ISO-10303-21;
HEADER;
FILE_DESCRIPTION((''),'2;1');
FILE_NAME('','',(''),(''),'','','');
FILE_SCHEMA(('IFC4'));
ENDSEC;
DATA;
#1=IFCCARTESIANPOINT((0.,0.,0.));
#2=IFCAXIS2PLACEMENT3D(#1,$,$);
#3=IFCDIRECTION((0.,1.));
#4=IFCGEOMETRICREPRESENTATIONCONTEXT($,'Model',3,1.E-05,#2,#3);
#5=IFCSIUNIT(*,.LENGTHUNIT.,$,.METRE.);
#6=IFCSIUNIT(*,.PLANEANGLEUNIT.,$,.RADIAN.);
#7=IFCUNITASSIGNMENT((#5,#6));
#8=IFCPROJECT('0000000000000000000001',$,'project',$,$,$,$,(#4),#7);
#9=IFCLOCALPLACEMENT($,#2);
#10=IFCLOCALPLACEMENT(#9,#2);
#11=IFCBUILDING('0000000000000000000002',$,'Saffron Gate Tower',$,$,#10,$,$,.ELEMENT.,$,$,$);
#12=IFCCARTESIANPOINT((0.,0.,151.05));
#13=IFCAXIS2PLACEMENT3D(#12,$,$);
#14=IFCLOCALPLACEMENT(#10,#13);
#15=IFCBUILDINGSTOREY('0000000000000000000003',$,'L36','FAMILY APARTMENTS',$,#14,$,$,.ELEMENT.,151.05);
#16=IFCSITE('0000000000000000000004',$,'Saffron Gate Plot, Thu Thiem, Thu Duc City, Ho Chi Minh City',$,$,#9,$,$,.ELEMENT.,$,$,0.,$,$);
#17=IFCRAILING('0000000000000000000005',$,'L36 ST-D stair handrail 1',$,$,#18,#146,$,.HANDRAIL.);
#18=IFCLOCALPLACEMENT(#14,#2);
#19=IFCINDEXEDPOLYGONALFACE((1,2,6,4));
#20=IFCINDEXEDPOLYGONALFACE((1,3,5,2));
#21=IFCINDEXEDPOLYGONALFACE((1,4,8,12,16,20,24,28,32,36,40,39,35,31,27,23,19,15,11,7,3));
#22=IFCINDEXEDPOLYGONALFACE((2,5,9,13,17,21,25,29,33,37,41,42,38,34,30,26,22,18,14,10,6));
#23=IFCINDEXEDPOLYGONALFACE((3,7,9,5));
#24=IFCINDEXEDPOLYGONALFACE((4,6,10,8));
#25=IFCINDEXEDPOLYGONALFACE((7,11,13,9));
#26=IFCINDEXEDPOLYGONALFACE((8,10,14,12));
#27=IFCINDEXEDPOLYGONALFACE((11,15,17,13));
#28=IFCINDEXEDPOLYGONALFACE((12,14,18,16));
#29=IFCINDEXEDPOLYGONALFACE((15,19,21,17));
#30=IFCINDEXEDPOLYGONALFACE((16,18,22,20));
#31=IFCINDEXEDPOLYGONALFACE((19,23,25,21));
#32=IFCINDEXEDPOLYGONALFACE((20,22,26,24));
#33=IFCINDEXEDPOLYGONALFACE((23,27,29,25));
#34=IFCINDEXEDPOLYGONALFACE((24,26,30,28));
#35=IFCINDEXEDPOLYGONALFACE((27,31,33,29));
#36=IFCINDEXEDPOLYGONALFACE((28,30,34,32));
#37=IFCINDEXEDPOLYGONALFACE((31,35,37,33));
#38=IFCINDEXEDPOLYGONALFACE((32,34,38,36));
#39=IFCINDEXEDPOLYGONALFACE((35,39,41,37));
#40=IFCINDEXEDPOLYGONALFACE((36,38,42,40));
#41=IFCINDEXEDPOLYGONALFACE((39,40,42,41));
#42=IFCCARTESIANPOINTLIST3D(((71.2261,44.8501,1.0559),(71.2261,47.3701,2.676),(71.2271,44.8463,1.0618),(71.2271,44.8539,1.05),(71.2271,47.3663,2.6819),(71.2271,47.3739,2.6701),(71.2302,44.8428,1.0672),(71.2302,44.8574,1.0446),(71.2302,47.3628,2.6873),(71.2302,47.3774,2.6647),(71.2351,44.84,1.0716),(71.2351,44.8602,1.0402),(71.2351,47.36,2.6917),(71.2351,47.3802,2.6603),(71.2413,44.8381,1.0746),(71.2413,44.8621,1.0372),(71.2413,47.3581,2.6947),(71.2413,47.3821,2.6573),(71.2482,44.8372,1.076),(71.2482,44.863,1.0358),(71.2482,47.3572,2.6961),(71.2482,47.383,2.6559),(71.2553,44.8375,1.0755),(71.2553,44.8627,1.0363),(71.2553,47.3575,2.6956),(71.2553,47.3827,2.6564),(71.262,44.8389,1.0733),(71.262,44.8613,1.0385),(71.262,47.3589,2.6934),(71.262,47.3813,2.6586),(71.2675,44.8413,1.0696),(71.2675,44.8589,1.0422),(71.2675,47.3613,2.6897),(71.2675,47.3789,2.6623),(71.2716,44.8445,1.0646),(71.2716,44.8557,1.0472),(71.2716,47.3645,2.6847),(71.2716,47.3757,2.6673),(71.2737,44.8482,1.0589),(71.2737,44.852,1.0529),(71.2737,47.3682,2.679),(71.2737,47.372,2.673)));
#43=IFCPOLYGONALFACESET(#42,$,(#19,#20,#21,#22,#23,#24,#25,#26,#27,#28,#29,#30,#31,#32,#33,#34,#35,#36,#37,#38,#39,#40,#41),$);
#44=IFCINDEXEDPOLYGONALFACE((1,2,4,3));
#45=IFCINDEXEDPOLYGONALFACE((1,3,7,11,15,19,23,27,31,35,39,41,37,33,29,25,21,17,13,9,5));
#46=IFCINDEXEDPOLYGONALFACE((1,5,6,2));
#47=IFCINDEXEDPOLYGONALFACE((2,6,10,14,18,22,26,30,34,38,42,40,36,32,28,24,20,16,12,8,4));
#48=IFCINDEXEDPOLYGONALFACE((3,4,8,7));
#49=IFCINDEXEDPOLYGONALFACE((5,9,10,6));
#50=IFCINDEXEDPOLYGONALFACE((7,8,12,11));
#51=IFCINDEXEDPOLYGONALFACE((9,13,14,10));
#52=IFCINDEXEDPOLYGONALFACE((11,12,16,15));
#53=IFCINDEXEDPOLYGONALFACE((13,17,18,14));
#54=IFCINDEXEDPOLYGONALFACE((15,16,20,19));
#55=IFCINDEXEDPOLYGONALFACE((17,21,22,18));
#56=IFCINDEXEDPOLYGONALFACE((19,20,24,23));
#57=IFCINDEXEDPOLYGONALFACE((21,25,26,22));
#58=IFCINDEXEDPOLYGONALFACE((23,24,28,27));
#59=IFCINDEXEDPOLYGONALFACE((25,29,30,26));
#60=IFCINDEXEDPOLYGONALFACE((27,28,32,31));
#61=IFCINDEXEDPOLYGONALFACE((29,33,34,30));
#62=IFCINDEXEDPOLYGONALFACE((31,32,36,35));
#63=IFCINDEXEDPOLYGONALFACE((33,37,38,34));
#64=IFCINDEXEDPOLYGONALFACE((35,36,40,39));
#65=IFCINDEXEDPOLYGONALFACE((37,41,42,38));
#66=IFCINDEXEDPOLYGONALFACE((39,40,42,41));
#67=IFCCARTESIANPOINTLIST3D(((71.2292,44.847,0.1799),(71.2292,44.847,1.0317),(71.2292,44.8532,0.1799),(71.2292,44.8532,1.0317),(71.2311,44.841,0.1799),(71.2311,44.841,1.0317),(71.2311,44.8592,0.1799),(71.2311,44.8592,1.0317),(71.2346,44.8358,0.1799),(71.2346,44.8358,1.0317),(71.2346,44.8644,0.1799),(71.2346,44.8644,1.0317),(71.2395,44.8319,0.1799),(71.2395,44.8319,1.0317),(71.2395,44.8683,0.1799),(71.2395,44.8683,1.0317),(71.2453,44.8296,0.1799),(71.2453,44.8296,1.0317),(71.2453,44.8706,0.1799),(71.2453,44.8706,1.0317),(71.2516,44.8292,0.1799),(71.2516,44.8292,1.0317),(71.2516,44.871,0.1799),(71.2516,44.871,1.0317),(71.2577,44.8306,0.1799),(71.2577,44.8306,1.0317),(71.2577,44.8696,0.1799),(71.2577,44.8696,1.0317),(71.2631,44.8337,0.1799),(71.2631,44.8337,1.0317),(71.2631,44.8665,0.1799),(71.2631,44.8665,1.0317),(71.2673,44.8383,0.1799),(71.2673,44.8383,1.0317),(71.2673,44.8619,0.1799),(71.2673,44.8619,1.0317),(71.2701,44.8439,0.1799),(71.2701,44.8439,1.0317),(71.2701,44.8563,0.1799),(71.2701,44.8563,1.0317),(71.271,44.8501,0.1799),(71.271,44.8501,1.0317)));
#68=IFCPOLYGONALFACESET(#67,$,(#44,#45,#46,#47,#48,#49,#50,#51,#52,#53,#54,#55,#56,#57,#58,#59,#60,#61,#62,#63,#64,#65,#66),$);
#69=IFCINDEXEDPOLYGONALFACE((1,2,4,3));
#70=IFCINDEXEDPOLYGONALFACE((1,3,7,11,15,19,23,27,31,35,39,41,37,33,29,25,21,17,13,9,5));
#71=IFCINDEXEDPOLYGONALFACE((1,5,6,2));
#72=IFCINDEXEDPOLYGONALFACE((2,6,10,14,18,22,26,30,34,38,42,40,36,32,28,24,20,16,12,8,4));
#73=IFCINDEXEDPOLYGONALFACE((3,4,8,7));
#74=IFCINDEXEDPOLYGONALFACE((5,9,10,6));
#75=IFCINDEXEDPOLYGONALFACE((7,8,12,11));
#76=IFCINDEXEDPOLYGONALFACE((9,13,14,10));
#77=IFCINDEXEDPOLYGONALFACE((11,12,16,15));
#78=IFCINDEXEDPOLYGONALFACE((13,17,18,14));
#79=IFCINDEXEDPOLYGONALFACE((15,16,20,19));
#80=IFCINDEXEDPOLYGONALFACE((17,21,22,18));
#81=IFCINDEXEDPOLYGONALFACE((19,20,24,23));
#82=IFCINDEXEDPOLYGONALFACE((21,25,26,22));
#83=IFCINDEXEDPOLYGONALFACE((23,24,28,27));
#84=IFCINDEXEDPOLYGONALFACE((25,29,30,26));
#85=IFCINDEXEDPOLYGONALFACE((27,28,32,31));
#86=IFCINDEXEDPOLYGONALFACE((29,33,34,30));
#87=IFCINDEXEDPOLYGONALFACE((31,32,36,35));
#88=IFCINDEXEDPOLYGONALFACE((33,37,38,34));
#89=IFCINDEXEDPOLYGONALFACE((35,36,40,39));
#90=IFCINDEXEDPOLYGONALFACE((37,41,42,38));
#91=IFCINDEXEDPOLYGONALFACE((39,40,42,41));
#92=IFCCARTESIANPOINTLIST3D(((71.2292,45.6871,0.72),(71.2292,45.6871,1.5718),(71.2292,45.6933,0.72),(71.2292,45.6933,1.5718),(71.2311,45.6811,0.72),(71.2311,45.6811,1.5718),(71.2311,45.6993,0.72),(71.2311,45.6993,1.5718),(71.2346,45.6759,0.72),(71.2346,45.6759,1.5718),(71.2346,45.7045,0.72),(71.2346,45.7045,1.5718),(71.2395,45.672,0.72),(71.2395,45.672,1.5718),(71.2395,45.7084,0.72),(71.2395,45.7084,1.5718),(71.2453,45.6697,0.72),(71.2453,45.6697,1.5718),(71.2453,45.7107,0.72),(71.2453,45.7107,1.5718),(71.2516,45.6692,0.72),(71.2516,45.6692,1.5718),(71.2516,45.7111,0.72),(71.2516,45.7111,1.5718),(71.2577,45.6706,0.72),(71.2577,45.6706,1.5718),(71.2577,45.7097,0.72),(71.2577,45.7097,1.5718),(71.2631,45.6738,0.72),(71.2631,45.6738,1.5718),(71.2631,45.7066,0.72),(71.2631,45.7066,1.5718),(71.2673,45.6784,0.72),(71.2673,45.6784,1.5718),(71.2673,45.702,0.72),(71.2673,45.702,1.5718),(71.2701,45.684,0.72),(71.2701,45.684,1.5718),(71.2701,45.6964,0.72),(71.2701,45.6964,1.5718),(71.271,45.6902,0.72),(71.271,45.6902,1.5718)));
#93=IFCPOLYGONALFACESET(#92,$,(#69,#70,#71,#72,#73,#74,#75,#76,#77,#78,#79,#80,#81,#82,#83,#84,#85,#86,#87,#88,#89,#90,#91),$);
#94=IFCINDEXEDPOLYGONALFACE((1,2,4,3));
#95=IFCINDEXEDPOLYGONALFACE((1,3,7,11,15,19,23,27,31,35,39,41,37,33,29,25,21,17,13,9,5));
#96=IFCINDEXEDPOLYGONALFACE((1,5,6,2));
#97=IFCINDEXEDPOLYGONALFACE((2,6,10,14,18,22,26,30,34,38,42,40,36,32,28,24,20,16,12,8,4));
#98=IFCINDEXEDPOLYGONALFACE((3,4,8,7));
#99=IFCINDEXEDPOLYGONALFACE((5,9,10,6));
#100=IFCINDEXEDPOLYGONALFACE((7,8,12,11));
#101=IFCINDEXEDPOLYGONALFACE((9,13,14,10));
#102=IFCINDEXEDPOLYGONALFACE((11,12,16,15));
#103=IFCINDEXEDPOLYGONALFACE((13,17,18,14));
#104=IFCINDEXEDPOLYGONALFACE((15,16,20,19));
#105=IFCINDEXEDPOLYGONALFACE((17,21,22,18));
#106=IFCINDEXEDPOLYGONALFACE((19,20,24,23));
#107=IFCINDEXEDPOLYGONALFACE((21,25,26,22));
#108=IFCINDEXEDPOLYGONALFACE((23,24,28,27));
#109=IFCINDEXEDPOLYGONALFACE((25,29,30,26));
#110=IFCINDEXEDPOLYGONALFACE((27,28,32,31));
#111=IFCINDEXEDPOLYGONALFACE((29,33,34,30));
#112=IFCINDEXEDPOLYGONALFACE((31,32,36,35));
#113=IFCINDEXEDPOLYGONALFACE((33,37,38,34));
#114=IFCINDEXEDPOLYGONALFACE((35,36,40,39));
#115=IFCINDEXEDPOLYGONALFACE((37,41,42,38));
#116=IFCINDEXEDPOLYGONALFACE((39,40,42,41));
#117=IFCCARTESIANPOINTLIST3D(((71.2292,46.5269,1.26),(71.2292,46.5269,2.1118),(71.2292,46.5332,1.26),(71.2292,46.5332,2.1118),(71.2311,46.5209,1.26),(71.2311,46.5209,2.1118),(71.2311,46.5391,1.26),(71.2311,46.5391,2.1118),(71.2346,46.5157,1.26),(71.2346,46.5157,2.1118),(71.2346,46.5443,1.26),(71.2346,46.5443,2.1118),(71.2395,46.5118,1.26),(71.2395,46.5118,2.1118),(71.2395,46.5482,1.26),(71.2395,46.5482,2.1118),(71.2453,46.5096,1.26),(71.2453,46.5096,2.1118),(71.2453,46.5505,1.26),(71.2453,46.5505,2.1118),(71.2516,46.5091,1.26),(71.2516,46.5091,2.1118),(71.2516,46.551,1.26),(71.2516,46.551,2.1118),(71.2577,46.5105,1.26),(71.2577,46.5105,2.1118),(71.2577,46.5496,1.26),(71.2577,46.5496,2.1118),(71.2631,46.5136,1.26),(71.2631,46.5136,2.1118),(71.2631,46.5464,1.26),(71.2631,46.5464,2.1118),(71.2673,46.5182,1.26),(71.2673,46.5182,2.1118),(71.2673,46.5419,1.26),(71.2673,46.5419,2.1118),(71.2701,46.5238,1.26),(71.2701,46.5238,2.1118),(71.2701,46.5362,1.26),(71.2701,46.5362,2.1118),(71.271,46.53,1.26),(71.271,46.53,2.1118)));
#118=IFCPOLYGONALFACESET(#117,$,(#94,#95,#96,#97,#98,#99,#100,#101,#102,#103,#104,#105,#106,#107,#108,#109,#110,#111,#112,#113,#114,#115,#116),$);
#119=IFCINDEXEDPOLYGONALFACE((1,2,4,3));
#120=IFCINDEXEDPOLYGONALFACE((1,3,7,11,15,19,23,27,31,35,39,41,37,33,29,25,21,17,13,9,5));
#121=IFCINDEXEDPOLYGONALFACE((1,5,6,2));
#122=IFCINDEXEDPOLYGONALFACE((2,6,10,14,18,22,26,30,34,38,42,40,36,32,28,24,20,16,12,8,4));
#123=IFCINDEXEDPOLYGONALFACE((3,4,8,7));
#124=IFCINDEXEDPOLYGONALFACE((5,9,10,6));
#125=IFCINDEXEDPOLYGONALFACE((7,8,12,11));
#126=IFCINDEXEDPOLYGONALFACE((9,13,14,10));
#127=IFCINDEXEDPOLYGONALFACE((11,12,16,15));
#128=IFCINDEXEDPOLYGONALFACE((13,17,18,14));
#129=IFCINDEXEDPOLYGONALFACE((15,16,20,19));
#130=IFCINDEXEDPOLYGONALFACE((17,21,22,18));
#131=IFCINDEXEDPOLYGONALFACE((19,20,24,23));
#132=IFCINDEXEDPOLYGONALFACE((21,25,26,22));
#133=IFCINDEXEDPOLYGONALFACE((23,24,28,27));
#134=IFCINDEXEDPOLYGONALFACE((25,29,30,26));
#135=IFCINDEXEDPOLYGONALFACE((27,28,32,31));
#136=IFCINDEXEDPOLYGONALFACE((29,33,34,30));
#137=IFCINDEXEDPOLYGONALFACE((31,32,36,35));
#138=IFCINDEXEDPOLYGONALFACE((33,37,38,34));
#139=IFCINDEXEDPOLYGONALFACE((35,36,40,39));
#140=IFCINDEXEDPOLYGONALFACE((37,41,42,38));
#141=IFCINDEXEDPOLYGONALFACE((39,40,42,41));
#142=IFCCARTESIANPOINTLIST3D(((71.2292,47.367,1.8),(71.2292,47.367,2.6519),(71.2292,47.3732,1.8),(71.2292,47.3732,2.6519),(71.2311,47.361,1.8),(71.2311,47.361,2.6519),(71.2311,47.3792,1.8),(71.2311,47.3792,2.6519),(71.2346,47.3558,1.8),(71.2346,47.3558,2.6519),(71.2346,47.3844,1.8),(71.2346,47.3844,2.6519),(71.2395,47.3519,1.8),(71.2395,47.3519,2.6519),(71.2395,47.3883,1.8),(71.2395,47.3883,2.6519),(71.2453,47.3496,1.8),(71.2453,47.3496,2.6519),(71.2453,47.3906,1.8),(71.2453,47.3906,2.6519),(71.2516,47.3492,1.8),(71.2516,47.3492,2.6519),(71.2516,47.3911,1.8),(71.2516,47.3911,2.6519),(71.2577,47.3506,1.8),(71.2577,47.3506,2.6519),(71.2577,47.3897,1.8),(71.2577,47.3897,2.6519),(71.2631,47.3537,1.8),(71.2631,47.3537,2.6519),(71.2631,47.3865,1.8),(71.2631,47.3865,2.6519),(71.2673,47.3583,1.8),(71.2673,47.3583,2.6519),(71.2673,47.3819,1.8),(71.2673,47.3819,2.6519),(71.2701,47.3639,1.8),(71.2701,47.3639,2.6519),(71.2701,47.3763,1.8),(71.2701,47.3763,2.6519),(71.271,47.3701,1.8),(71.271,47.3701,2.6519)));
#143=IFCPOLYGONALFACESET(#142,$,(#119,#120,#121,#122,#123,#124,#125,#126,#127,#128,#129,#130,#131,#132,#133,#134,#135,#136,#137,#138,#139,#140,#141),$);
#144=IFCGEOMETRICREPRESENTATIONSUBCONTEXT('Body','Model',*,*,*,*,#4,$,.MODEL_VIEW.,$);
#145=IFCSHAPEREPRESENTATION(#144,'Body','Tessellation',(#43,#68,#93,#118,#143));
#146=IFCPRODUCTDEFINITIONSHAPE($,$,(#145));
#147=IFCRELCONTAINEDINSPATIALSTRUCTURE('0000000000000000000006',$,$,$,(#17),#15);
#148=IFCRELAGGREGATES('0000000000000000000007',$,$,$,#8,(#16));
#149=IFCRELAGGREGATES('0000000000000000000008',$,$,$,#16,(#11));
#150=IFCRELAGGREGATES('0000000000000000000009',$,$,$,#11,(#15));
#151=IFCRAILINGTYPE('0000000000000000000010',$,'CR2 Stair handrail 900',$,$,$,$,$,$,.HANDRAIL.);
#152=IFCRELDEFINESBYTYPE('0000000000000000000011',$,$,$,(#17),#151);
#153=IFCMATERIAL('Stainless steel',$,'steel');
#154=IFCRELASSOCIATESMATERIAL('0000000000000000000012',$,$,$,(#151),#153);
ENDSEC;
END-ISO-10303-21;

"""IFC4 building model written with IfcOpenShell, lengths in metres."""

from ifc_helpers import new_model, si_unit, direction, frame, origin, origin_2d, place, context, subcontext, project, spatial, circle, extrude, material, type_object, element, save


model = new_model("IFC4")

# Units and contexts
model_context = context("Model", 3, precision=1e-05, world=origin(), true_north=direction((0.0, 1.0)))
body_context = subcontext(model_context, "Body", "Model", "MODEL_VIEW")
ifc_project = project(units=[si_unit("LENGTHUNIT", "METRE"), si_unit("PLANEANGLEUNIT", "RADIAN")], contexts=[model_context])

# Site, building, storey
site_placement = place(None, origin())
site = spatial("IfcSite", under=ifc_project, at=site_placement, Name="Saffron Gate Plot, Thu Thiem, Thu Duc City, Ho Chi Minh City", CompositionType="ELEMENT", RefElevation=0.0)
building_placement = place(site_placement, origin())
building = spatial("IfcBuilding", under=site, at=building_placement, Name="Saffron Gate Tower", CompositionType="ELEMENT")
storey_placement = place(building_placement, frame((0.0, 0.0, 151.05)))
storey = spatial("IfcBuildingStorey", under=building, at=storey_placement, Name="L36", Description="FAMILY APARTMENTS", CompositionType="ELEMENT", Elevation=151.05)

# Railing
ifc_material_1 = material(Name="Stainless steel", Category="steel")
railing_type_1 = type_object("IfcRailingType", Name="CR2 Stair handrail 900", PredefinedType="HANDRAIL", material=ifc_material_1)
railing_1_placement = place(storey_placement, frame((71.25, 44.8501, 0.1799)))
element("IfcRailing", 1, at=railing_1_placement, inside=storey, type_object=railing_type_1, Name="L36 ST-D stair handrail 1", PredefinedType="HANDRAIL", context=body_context, shape_type="SweptSolid", body=[
    extrude(circle(Radius=0.0239, at=origin_2d()), frame((0.0, 0.0, 0.876), z_axis=(0.0, 0.841163, 0.540782), x_axis=(-1.0, 0.0, 0.0)), (0.0, 0.0, 1.0), 2.9958),
    extrude(circle(Radius=0.021, at=origin_2d()), origin(), (0.0, 0.0, 1.0), 0.8518),
    extrude(circle(Radius=0.021, at=origin_2d()), frame((0.0, 0.8401, 0.54)), (0.0, 0.0, 1.0), 0.8518),
    extrude(circle(Radius=0.021, at=origin_2d()), frame((0.0, 1.6799, 1.0801)), (0.0, 0.0, 1.0), 0.8518),
    extrude(circle(Radius=0.021, at=origin_2d()), frame((0.0, 2.52, 1.6201)), (0.0, 0.0, 1.0), 0.8518),
])

save(model, "model.ifc")
